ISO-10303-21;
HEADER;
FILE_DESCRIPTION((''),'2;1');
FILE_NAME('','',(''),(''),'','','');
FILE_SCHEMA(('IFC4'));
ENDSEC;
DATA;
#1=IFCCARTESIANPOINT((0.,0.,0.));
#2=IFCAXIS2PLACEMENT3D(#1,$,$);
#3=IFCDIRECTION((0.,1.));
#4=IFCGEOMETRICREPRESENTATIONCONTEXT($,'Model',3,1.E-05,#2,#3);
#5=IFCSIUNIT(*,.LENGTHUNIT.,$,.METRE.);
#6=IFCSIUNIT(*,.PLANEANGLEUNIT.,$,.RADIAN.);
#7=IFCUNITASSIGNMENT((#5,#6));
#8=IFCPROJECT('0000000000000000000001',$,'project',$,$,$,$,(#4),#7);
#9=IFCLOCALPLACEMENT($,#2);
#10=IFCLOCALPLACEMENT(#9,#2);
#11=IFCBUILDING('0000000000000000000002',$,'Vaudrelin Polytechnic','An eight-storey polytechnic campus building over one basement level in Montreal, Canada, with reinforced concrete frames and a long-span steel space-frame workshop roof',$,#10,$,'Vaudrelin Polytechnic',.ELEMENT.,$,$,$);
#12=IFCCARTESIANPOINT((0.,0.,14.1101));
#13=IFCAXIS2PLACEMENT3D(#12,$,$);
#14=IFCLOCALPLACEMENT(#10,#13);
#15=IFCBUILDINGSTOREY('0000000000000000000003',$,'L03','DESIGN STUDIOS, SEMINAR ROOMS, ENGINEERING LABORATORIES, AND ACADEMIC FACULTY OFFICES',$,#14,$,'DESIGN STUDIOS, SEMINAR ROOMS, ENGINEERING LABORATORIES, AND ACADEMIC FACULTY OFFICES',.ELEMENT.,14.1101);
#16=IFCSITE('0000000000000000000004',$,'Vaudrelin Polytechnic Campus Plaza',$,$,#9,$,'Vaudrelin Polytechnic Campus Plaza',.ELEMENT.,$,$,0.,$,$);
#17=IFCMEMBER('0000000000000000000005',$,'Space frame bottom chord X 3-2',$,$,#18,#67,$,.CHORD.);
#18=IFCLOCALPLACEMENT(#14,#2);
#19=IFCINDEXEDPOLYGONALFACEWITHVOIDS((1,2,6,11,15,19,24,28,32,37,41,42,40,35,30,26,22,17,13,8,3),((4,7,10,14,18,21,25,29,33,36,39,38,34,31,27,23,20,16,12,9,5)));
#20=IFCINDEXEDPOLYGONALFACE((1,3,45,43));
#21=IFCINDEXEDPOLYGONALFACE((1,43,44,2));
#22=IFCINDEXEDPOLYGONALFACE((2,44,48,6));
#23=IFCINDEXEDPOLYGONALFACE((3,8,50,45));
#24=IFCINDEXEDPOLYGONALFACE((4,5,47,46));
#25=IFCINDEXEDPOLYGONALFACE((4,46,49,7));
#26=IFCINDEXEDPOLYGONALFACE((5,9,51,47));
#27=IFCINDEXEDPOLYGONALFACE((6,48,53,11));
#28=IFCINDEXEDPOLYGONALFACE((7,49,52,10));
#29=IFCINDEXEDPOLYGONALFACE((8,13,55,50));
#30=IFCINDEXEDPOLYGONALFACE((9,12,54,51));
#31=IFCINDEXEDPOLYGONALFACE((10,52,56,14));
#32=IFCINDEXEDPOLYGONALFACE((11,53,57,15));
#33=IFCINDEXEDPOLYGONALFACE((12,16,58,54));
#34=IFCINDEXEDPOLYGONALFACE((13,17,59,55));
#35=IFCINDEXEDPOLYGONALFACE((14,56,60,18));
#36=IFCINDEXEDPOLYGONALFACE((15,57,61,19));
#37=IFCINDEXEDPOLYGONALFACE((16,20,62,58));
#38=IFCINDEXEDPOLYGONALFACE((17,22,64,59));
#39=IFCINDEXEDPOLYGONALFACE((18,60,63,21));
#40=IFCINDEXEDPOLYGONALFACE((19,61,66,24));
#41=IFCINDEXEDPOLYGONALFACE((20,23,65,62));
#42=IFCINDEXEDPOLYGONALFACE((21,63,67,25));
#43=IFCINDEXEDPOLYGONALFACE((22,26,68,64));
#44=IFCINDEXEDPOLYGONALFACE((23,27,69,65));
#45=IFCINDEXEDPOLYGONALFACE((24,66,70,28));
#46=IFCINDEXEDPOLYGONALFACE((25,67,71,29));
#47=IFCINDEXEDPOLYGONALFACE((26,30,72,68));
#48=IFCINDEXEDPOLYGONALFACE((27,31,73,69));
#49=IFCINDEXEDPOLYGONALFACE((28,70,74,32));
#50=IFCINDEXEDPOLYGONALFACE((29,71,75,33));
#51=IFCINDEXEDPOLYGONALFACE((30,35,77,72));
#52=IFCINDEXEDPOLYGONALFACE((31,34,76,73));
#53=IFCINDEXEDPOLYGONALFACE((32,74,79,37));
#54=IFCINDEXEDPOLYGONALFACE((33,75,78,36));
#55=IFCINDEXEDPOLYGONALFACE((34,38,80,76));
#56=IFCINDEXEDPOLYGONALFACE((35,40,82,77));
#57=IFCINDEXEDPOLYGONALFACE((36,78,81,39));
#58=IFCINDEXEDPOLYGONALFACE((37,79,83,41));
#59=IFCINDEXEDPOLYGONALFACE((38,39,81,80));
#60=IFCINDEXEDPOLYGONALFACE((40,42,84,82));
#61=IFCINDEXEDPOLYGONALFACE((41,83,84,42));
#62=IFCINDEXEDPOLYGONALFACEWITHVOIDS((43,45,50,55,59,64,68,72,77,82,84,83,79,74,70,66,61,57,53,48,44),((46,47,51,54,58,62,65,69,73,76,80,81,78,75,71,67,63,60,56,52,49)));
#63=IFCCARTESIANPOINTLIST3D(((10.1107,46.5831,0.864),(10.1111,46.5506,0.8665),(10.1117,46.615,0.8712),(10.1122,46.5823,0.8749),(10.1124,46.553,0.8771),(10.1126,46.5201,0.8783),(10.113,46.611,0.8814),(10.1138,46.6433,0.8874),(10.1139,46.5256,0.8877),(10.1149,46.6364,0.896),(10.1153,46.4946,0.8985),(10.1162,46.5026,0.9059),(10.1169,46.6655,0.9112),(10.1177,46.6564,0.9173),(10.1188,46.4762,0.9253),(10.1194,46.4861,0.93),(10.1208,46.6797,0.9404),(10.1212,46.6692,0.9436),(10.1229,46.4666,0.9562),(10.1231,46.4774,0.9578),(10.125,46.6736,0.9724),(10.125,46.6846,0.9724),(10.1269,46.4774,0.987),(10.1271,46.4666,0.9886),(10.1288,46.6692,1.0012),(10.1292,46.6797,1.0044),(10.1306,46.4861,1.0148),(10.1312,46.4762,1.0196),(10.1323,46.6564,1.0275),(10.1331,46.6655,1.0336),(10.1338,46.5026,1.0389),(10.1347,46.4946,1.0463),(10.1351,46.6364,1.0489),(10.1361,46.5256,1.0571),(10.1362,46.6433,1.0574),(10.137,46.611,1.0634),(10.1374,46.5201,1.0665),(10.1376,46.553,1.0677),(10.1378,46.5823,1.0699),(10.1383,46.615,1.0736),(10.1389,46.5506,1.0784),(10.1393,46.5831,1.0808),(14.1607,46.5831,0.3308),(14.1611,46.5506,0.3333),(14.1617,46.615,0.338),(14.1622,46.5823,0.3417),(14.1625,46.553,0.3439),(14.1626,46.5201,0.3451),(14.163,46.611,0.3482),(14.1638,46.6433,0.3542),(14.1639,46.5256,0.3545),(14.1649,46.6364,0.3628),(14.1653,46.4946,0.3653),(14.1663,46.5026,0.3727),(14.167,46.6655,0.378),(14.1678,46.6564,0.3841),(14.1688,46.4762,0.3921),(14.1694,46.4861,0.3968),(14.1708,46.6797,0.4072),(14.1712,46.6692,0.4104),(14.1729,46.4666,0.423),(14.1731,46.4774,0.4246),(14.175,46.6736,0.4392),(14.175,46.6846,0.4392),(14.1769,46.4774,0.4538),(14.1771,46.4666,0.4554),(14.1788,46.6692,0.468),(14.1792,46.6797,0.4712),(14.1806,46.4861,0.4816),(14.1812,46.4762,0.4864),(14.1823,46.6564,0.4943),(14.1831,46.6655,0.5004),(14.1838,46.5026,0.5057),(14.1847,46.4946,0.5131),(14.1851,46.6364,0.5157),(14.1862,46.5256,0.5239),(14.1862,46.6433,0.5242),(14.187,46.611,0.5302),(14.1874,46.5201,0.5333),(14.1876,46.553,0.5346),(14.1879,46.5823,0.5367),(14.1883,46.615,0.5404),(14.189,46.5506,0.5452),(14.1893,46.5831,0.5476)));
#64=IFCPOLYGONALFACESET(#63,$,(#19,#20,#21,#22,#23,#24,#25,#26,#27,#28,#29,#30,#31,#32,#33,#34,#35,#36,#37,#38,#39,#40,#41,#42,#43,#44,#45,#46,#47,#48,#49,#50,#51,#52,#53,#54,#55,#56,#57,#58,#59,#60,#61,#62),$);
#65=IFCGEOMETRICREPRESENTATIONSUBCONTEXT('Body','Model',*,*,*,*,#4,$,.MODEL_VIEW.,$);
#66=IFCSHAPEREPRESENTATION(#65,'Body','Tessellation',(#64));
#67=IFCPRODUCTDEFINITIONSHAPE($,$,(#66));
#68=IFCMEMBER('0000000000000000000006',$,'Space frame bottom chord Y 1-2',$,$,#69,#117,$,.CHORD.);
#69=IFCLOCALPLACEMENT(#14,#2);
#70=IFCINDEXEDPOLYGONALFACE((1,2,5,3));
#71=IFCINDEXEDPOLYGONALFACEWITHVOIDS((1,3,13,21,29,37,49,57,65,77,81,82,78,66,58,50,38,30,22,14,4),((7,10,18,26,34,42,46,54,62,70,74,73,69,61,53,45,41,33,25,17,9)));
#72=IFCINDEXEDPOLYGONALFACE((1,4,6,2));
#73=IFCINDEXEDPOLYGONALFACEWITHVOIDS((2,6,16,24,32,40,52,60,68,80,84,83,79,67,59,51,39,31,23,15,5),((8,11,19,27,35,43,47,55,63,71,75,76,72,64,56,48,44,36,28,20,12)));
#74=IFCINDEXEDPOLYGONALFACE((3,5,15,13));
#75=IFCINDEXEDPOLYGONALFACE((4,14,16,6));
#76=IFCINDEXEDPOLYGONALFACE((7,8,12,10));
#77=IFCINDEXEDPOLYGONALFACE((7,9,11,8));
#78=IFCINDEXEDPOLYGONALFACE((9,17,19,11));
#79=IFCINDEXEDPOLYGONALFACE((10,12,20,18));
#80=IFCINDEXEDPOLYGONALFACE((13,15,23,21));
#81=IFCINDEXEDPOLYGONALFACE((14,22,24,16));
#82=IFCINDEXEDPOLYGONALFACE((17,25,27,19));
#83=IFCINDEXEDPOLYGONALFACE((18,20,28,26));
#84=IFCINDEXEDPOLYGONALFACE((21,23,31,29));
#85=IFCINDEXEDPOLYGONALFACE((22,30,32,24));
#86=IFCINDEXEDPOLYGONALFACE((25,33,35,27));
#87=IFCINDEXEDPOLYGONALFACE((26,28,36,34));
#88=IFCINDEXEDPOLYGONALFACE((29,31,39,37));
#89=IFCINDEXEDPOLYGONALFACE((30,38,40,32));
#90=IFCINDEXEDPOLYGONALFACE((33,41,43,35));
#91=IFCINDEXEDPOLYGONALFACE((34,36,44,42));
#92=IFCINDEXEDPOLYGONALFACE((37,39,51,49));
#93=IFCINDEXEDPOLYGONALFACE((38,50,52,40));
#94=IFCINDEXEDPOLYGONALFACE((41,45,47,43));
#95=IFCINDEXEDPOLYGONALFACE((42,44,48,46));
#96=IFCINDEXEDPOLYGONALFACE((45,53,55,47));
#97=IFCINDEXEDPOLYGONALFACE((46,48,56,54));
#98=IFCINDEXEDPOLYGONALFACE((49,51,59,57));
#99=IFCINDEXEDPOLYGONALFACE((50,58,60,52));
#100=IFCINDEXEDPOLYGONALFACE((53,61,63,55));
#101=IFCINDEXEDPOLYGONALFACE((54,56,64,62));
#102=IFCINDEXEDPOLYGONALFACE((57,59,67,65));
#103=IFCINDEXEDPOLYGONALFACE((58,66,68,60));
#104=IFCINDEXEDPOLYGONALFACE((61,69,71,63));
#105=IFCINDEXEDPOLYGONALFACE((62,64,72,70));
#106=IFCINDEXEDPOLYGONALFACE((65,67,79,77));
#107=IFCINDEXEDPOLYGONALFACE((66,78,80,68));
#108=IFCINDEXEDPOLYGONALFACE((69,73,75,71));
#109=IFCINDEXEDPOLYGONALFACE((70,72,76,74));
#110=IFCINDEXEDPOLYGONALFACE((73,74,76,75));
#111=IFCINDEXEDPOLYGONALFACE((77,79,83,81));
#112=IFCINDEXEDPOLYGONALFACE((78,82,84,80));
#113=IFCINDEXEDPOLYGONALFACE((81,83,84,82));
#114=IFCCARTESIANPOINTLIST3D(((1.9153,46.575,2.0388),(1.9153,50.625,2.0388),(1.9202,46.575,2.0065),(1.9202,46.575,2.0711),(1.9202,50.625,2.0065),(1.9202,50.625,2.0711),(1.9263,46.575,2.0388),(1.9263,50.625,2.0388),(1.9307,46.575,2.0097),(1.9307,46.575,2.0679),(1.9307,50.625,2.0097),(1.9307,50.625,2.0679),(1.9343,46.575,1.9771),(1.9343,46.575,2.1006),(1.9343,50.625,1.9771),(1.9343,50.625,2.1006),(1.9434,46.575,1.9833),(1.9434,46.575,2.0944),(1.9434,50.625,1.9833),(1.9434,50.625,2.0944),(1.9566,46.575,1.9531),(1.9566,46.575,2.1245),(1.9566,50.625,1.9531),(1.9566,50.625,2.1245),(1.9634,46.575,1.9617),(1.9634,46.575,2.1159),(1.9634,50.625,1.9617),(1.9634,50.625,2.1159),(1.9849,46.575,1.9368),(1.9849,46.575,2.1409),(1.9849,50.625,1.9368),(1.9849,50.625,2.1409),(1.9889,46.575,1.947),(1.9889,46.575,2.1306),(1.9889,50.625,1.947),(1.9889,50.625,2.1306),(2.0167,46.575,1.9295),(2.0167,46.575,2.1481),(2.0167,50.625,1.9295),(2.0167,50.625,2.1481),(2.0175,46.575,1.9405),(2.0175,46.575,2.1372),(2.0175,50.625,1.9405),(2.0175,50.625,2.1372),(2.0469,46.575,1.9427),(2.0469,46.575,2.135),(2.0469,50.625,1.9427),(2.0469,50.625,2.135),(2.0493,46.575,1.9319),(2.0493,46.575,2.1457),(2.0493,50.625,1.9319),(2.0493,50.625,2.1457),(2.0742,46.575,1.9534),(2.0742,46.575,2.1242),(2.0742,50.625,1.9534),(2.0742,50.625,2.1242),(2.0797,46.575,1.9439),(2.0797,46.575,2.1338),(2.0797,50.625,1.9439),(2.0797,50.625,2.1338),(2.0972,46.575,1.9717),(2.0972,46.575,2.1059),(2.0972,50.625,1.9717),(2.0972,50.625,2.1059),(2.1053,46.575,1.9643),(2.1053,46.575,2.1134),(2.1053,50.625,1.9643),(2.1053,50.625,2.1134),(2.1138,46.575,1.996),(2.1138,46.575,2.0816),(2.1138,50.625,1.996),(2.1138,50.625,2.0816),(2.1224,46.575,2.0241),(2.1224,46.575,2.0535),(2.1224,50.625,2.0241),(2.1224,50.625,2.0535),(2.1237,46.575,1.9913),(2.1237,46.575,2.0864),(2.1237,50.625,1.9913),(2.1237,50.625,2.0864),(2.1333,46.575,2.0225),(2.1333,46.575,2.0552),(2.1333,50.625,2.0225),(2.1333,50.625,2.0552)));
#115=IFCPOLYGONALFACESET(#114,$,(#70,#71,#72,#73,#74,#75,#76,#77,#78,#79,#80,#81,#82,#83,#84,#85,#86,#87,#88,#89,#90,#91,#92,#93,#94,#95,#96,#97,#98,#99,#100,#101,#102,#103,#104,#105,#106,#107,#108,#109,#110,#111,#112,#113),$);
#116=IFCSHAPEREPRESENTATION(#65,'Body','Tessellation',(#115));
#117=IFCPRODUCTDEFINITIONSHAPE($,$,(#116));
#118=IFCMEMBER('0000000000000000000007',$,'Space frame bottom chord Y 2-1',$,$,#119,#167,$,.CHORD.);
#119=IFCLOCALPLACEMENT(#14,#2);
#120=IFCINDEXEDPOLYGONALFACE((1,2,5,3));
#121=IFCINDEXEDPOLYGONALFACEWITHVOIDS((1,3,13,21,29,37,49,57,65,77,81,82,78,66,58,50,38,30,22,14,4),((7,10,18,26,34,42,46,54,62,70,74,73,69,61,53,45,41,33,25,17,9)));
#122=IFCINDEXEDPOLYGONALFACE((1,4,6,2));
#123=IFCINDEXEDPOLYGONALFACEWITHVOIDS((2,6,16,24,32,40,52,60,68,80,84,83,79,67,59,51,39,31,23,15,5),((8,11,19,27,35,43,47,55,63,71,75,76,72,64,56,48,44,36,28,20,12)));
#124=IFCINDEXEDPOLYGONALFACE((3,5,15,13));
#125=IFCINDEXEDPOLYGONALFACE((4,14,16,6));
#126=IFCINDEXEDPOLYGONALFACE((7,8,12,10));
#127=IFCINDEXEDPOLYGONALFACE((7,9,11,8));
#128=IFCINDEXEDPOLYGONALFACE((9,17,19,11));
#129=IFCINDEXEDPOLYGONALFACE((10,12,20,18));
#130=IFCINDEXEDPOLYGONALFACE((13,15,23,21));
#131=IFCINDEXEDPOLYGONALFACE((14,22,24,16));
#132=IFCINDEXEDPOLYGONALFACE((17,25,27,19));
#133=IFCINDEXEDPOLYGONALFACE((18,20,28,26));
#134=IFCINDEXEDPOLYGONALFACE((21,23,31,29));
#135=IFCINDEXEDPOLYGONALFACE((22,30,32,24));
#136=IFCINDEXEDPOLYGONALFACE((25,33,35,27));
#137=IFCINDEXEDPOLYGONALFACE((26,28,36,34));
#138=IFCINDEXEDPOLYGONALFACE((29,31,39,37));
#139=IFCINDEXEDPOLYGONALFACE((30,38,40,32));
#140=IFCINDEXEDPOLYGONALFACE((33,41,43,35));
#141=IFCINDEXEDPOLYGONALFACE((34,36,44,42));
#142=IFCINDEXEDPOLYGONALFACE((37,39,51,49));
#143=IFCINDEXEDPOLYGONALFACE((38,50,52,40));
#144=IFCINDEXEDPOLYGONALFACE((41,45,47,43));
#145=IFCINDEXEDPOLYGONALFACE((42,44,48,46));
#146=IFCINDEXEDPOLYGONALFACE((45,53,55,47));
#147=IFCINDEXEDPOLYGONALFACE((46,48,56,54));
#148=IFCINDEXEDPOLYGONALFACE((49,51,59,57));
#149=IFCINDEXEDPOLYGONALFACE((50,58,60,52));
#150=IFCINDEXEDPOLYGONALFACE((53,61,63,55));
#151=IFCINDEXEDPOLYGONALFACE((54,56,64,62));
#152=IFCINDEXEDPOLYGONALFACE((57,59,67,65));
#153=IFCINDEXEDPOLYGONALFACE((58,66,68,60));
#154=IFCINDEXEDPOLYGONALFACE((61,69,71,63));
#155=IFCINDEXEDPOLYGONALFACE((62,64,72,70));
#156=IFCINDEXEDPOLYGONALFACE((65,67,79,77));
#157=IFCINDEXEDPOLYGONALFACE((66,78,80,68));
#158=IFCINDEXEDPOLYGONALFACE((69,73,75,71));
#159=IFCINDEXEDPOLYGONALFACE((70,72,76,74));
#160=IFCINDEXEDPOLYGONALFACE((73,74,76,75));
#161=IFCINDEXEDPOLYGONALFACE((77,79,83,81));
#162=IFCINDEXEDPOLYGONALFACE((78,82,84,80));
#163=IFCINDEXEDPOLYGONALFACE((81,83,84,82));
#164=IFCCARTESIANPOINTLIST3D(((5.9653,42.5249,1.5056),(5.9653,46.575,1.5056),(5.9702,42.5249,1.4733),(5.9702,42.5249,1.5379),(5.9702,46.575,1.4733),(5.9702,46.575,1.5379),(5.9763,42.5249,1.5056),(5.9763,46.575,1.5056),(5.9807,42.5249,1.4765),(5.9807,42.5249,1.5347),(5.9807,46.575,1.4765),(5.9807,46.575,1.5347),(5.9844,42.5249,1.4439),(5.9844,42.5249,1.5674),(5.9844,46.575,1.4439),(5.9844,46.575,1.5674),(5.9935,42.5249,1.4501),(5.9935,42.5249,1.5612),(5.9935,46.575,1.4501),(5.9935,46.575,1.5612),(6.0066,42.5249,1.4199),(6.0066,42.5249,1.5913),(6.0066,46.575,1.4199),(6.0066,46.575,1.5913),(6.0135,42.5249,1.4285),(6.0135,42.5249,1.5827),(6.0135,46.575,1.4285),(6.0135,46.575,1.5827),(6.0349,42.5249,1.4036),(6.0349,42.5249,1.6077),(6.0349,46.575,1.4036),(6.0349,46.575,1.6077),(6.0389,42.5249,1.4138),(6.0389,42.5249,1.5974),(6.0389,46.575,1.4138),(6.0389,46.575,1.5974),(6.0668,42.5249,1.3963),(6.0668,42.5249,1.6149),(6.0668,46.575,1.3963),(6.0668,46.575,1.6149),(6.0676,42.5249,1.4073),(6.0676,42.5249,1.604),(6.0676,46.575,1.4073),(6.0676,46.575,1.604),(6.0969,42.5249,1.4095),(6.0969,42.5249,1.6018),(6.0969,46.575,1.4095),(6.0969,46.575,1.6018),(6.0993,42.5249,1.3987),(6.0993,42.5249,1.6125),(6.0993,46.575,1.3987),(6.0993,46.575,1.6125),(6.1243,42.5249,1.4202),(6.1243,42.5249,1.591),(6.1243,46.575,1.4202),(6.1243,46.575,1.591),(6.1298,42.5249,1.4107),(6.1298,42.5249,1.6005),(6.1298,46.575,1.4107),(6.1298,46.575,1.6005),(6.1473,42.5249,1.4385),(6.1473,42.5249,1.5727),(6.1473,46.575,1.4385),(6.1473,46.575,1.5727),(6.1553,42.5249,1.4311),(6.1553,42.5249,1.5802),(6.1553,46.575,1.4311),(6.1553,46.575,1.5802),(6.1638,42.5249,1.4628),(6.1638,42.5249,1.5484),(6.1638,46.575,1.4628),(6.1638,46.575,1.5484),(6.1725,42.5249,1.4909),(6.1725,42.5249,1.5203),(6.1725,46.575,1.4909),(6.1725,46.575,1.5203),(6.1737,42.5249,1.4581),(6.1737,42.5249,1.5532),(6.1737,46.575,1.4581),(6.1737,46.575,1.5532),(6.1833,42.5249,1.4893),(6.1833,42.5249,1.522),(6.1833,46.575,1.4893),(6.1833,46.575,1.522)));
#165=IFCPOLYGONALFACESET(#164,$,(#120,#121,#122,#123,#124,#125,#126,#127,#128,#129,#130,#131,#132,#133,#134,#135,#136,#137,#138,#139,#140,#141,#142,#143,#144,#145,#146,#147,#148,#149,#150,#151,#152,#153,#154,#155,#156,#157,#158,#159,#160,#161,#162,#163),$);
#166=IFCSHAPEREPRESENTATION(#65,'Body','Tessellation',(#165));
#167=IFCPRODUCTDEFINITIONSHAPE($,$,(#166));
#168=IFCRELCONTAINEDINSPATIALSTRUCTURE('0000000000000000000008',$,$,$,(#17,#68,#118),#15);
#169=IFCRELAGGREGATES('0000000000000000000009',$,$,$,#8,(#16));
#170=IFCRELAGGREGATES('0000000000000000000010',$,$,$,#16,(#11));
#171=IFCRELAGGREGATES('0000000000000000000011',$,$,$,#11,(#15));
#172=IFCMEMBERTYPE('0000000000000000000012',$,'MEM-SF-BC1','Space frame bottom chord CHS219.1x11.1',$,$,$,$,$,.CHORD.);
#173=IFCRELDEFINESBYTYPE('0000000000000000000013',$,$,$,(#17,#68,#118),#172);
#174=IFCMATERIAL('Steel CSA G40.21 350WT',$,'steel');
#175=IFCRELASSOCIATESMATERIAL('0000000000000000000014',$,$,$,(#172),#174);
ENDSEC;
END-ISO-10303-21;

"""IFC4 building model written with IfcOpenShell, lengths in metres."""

from ifc_helpers import new_model, si_unit, direction, frame, origin, origin_2d, place, context, subcontext, project, spatial, hollow_circle, extrude, material, material_profile, profile_set, type_object, element, save


model = new_model("IFC4")

# Units and contexts
model_context = context("Model", 3, precision=1e-05, world=origin(), true_north=direction((0.0, 1.0)))
body_context = subcontext(model_context, "Body", "Model", "MODEL_VIEW")
ifc_project = project(units=[si_unit("LENGTHUNIT", "METRE"), si_unit("PLANEANGLEUNIT", "RADIAN")], contexts=[model_context])

# Site, building, storey
site_placement = place(None, origin())
site = spatial("IfcSite", under=ifc_project, at=site_placement, Name="Vaudrelin Polytechnic Campus Plaza", LongName="Vaudrelin Polytechnic Campus Plaza", CompositionType="ELEMENT", RefElevation=0.0)
building_placement = place(site_placement, origin())
building = spatial("IfcBuilding", under=site, at=building_placement, Name="Vaudrelin Polytechnic", Description="An eight-storey polytechnic campus building over one basement level in Montreal, Canada, with reinforced concrete frames and a long-span steel space-frame workshop roof", LongName="Vaudrelin Polytechnic", CompositionType="ELEMENT")
storey_placement = place(building_placement, frame((0.0, 0.0, 14.1101)))
storey = spatial("IfcBuildingStorey", under=building, at=storey_placement, Name="L03", Description="DESIGN STUDIOS, SEMINAR ROOMS, ENGINEERING LABORATORIES, AND ACADEMIC FACULTY OFFICES", LongName="DESIGN STUDIOS, SEMINAR ROOMS, ENGINEERING LABORATORIES, AND ACADEMIC FACULTY OFFICES", CompositionType="ELEMENT", Elevation=14.1101)

# Members
ifc_material = material(Name="Steel CSA G40.21 350WT", Category="steel")
ifc_material_profile_1 = material_profile(ifc_material, hollow_circle(Radius=0.1096, WallThickness=0.011, at=origin_2d()), Name="CHS219.1x11.1")
ifc_profile_set_1 = profile_set([ifc_material_profile_1], Name="Steel CSA G40.21 350WT")
member_type_1 = type_object("IfcMemberType", Name="MEM-SF-BC1", Description="Space frame bottom chord CHS219.1x11.1", PredefinedType="CHORD", material=ifc_profile_set_1)
for number, where, z_axis, x_axis, name in (
    (1, (10.125, 46.575, 0.9724), (0.991445, 0.0, -0.130527), (0.0, 1.0, 0.0), "Space frame bottom chord X 3-2"),
):
    element("IfcMember", number, at=place(storey_placement, frame(where, z_axis=z_axis, x_axis=x_axis)), inside=storey, type_object=member_type_1, Name=name, PredefinedType="CHORD", context=body_context, shape_type="SweptSolid", body=[
        extrude(hollow_circle(Radius=0.1096, WallThickness=0.011, at=origin_2d()), origin(), (0.0, 0.0, 1.0), 4.085),
    ])
for number, where, z_axis, x_axis, name in (
    (2, (2.0249, 46.575, 2.0388), (0.0, 1.0, 0.0), (-1.0, 0.0, 0.0), "Space frame bottom chord Y 1-2"),
    (3, (6.075, 42.5249, 1.5056), (0.0, 1.0, 0.0), (-1.0, 0.0, 0.0), "Space frame bottom chord Y 2-1"),
):
    element("IfcMember", number, at=place(storey_placement, frame(where, z_axis=z_axis, x_axis=x_axis)), inside=storey, type_object=member_type_1, Name=name, PredefinedType="CHORD", context=body_context, shape_type="SweptSolid", body=[
        extrude(hollow_circle(Radius=0.1096, WallThickness=0.011, at=origin_2d()), origin(), (0.0, 0.0, 1.0), 4.05),
    ])

save(model, "model.ifc")
